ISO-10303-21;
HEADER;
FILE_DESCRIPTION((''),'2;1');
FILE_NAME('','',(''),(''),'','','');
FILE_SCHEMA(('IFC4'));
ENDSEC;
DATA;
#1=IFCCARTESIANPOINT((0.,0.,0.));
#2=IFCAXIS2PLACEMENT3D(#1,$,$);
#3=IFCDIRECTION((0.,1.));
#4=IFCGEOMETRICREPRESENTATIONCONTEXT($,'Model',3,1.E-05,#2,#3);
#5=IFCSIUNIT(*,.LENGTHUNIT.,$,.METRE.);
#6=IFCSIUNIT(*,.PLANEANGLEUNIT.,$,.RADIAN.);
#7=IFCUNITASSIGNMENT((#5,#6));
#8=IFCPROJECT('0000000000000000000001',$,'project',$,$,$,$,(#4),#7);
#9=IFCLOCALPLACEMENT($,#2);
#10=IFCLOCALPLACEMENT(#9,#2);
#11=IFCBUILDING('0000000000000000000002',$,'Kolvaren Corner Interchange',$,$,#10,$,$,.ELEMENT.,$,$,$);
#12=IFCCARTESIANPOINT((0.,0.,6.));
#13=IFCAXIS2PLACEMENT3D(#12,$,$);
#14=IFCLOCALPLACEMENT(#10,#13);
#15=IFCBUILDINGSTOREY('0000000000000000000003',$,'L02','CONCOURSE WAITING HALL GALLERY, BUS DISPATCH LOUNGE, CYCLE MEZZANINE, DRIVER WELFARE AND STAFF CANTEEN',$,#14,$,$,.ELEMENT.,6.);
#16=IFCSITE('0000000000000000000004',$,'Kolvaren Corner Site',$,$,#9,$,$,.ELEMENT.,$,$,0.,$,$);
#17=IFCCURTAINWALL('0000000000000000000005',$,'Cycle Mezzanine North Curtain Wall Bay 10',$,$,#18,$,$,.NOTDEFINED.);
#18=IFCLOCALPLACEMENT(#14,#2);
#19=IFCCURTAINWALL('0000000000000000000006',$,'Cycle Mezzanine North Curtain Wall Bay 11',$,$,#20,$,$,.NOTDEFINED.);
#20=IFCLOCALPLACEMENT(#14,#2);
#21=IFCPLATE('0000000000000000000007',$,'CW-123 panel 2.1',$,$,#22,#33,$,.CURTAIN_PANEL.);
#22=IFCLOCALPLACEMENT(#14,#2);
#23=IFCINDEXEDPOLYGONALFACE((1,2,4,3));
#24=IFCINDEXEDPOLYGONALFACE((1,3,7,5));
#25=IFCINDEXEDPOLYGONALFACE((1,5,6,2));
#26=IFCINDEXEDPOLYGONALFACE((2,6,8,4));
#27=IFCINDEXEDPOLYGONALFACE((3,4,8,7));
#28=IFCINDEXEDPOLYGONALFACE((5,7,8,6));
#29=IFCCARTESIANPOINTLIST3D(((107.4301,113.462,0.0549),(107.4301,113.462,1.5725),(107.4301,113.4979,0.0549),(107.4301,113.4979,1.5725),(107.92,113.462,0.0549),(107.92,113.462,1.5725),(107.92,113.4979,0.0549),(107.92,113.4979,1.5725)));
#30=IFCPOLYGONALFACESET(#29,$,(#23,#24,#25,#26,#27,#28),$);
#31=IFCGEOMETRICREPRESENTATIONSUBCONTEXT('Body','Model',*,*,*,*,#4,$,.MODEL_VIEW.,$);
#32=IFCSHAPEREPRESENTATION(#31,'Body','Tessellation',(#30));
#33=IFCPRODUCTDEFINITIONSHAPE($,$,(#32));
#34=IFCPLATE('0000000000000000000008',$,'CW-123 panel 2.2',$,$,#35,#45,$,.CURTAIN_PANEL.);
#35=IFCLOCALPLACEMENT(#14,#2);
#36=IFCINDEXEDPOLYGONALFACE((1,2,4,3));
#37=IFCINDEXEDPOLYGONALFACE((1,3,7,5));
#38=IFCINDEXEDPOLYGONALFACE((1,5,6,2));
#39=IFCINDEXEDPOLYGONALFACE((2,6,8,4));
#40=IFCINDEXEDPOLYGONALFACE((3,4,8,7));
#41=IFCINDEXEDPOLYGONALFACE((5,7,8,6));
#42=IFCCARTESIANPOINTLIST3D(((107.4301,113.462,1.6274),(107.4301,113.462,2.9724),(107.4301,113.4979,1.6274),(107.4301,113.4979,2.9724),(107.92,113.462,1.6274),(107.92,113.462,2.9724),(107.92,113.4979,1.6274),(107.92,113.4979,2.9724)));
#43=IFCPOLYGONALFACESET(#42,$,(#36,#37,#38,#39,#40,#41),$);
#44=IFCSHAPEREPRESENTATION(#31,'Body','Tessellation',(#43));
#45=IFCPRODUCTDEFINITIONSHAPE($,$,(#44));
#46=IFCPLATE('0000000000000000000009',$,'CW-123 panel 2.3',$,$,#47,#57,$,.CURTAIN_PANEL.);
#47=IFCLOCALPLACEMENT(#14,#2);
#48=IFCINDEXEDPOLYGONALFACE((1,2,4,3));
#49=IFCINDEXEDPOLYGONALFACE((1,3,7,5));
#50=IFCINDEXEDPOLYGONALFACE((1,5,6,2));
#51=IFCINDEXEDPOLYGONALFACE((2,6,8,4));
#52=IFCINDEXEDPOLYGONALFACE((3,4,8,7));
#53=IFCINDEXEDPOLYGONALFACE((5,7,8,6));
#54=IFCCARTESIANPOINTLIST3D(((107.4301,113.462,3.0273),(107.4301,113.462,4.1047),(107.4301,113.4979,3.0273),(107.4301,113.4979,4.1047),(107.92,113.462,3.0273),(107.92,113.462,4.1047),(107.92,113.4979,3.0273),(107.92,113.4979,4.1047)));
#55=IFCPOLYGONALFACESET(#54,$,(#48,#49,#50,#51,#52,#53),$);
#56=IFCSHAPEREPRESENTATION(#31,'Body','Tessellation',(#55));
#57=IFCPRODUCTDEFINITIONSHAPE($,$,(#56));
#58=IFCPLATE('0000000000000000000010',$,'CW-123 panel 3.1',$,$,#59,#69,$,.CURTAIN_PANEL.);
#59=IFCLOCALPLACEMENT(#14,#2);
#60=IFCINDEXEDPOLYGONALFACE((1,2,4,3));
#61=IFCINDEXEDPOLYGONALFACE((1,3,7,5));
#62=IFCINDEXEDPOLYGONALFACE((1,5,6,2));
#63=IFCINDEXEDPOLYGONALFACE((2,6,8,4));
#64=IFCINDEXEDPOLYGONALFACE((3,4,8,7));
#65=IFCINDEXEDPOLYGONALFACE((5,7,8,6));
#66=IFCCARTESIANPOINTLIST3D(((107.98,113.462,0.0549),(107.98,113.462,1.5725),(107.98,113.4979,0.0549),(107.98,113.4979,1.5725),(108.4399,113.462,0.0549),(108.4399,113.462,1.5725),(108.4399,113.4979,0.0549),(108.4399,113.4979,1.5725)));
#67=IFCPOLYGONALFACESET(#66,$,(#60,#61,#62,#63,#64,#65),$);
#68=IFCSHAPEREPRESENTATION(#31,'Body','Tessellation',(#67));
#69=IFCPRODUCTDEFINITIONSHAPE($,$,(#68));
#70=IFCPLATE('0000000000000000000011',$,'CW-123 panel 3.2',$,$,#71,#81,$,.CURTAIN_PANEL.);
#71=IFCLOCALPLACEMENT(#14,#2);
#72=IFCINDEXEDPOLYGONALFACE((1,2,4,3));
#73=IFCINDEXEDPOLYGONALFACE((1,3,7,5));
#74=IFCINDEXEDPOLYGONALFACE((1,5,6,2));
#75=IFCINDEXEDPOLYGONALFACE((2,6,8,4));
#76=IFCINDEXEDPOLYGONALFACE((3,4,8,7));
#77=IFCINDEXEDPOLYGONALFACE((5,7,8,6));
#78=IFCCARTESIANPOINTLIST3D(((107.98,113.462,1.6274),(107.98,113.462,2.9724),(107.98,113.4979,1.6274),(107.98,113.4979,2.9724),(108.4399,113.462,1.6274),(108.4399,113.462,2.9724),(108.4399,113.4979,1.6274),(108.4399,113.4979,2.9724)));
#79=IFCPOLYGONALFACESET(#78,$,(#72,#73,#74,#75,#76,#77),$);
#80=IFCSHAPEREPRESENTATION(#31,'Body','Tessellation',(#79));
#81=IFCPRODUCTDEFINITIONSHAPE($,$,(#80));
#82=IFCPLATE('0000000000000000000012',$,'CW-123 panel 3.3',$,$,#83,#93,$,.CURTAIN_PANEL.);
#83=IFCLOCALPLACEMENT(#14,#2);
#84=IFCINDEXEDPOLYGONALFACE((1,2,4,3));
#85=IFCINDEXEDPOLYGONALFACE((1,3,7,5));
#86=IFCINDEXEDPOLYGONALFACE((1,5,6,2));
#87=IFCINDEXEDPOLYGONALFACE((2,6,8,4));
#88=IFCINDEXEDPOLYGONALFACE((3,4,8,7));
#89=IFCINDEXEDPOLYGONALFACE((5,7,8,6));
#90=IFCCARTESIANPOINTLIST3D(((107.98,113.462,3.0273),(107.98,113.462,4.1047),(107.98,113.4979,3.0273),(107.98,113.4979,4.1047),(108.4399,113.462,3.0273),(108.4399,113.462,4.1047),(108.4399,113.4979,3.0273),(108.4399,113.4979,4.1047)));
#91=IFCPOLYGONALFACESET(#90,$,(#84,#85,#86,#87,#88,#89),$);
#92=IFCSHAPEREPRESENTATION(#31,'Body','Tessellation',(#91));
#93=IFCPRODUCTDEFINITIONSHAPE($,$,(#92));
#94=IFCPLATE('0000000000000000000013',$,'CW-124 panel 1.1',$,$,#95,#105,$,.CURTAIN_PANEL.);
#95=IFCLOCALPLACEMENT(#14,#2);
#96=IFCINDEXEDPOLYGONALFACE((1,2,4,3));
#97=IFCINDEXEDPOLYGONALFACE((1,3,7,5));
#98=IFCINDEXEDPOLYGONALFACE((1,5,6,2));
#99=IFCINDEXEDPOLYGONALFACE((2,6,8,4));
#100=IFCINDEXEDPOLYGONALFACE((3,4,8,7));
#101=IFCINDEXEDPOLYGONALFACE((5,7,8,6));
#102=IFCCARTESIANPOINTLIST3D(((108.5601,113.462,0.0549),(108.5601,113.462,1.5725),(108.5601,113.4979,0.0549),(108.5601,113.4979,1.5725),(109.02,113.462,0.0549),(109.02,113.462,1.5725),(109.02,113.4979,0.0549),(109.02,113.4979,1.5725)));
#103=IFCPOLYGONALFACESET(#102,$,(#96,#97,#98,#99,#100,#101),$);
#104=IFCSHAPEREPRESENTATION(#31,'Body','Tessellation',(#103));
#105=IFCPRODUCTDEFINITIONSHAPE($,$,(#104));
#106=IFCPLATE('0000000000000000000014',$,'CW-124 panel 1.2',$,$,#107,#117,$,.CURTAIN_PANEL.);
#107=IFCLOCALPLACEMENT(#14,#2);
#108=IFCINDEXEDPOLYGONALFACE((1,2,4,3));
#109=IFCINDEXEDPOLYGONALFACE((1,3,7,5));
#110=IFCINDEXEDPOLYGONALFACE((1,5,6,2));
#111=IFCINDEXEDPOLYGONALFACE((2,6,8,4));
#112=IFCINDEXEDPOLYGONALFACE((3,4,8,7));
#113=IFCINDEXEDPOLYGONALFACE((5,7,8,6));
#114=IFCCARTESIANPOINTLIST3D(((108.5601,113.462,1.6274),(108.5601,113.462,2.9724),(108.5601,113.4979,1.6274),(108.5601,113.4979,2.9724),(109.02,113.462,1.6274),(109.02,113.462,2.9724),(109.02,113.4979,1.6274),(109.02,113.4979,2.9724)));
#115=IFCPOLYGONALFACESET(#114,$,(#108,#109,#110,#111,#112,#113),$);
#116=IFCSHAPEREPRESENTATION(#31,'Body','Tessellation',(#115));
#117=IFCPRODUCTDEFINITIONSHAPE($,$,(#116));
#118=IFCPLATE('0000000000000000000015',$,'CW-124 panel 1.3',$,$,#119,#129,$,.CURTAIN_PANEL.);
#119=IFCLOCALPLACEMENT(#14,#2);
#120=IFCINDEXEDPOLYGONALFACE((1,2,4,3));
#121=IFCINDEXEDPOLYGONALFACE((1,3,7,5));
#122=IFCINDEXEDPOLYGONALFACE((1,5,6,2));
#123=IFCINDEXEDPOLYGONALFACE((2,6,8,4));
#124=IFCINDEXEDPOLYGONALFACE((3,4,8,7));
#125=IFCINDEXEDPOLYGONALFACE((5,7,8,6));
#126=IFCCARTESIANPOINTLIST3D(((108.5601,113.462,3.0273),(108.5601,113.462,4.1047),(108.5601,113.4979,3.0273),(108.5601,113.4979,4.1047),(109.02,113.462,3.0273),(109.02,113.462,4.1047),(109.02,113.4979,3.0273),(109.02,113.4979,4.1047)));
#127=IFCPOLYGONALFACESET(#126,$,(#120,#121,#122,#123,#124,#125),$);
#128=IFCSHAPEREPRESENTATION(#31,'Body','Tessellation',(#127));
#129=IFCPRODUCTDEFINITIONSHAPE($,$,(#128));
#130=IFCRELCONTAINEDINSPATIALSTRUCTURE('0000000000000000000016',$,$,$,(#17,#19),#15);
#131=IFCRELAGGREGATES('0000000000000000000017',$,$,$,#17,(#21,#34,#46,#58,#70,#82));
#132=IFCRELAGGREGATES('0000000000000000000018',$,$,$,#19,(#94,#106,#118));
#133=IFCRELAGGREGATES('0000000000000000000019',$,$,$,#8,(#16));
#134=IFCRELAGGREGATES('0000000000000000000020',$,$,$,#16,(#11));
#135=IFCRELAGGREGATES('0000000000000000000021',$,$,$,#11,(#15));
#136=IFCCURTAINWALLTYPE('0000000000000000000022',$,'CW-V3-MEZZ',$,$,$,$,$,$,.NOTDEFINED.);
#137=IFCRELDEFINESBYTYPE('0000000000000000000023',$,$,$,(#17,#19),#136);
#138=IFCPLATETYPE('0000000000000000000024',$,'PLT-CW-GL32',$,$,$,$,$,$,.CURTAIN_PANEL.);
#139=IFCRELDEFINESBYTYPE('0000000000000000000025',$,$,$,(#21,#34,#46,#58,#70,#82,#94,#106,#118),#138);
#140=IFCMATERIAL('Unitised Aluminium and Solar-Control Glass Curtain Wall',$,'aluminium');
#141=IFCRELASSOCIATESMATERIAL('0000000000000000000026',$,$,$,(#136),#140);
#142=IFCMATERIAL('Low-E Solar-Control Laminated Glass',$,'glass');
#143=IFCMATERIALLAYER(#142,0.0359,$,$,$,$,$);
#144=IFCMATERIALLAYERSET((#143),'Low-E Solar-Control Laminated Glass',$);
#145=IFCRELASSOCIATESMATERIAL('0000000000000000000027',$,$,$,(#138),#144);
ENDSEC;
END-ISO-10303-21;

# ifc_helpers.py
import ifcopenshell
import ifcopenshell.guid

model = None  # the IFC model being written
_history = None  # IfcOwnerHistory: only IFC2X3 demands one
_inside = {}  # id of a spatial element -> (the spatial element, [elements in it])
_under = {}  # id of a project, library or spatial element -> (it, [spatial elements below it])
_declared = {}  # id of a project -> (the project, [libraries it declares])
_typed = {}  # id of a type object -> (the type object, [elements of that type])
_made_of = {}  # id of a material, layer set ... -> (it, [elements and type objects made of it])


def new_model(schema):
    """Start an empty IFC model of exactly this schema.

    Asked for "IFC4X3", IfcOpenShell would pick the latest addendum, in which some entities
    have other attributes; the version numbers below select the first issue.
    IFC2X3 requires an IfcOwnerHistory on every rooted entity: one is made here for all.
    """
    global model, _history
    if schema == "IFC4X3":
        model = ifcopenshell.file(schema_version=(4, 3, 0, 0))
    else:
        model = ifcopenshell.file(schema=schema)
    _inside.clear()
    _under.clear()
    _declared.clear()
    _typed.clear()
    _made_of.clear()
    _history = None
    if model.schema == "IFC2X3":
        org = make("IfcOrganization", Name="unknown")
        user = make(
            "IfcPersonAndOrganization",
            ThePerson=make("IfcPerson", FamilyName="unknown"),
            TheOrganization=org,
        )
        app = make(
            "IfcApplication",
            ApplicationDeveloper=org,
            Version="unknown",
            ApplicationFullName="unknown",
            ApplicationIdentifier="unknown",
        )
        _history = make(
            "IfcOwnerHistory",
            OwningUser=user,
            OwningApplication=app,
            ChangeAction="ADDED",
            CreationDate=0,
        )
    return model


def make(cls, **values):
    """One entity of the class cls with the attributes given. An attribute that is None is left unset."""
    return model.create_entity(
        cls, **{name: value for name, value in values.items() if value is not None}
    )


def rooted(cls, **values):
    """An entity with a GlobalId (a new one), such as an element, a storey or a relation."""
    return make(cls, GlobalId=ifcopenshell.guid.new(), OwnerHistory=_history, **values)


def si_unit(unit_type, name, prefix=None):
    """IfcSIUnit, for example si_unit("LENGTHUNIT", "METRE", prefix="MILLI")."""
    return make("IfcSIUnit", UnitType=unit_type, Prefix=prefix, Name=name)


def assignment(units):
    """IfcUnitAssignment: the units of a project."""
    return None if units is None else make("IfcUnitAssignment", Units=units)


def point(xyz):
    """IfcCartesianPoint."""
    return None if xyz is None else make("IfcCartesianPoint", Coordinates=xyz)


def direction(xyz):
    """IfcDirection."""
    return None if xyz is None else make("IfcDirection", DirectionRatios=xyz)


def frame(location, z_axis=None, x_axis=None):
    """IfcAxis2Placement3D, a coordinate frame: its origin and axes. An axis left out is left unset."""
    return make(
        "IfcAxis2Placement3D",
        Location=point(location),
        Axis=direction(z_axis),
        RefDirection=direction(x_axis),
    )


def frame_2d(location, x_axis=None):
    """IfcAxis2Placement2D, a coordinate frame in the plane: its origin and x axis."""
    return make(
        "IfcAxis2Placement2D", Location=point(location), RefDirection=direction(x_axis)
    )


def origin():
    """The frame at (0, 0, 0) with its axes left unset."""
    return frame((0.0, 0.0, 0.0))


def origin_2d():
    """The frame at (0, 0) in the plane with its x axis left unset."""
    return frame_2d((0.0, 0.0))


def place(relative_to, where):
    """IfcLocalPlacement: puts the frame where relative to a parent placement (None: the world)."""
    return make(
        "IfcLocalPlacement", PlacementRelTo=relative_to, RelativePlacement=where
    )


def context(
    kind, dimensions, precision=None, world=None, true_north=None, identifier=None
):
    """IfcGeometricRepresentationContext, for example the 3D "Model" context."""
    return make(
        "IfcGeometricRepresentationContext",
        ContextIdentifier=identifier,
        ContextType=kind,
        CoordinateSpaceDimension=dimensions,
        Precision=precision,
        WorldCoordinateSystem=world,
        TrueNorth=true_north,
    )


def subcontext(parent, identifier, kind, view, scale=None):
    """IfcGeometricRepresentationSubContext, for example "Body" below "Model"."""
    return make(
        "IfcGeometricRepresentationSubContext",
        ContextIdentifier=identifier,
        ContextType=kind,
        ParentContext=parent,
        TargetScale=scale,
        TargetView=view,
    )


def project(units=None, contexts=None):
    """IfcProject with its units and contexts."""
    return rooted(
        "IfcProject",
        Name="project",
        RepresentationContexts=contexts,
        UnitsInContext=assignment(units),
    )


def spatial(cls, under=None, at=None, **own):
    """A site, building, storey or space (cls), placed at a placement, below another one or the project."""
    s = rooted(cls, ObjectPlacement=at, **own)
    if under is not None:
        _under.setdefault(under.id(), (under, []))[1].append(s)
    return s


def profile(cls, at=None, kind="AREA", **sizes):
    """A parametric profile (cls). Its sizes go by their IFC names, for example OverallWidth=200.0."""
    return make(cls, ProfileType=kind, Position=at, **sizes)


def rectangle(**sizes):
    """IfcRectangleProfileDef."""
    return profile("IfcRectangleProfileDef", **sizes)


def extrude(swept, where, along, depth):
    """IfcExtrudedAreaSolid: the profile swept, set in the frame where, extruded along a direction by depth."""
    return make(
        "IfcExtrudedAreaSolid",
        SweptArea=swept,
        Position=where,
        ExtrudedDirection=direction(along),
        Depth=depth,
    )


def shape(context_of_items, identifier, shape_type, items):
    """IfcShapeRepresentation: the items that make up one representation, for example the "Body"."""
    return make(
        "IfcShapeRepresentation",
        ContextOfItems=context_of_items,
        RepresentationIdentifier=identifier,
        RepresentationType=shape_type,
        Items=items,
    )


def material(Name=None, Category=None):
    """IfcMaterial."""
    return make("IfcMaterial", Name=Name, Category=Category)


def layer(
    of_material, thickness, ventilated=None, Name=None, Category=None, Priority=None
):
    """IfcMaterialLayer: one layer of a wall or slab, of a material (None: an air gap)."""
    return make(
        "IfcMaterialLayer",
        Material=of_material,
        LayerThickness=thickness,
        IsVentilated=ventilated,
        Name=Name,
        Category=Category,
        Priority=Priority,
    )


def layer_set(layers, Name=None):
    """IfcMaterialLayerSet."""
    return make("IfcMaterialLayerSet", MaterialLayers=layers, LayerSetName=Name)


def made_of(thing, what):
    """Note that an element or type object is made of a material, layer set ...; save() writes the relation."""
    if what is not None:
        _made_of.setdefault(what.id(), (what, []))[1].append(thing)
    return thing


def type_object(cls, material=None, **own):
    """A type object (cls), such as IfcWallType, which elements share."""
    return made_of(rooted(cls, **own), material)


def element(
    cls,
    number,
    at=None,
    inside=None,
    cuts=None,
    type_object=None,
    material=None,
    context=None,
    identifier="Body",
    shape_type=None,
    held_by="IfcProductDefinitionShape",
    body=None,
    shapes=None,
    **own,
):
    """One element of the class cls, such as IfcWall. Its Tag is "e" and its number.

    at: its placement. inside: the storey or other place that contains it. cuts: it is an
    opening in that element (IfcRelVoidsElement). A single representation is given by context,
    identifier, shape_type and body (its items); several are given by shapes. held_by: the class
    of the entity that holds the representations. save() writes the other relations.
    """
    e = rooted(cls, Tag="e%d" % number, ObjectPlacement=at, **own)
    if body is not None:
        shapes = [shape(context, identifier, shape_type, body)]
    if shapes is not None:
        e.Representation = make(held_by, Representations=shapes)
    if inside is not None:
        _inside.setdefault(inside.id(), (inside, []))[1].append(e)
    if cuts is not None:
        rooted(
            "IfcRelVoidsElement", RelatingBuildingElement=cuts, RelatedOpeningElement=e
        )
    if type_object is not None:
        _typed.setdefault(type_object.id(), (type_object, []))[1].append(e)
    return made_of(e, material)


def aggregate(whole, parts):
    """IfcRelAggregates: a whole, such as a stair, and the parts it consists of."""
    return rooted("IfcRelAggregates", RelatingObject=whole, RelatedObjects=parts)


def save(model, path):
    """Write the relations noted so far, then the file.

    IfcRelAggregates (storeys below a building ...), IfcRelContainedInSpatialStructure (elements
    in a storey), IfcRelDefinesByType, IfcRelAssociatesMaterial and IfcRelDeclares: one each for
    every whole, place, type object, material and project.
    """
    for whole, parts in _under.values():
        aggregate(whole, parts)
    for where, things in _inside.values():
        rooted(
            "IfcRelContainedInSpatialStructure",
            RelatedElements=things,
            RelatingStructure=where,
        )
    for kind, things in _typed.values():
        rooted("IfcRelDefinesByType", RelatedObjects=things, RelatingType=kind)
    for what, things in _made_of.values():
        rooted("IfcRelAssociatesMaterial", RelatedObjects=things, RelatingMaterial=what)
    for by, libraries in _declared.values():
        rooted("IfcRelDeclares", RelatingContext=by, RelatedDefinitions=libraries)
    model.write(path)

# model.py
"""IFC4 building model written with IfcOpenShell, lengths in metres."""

from ifc_helpers import new_model, si_unit, direction, frame, origin, origin_2d, place, context, subcontext, project, spatial, rectangle, extrude, material, layer, layer_set, type_object, element, aggregate, save


model = new_model("IFC4")

# Units and contexts
model_context = context("Model", 3, precision=1e-05, world=origin(), true_north=direction((0.0, 1.0)))
body_context = subcontext(model_context, "Body", "Model", "MODEL_VIEW")
ifc_project = project(units=[si_unit("LENGTHUNIT", "METRE"), si_unit("PLANEANGLEUNIT", "RADIAN")], contexts=[model_context])

# Site, building, storey
site_placement = place(None, origin())
site = spatial("IfcSite", under=ifc_project, at=site_placement, Name="Kolvaren Corner Site", CompositionType="ELEMENT", RefElevation=0.0)
building_placement = place(site_placement, origin())
building = spatial("IfcBuilding", under=site, at=building_placement, Name="Kolvaren Corner Interchange", CompositionType="ELEMENT")
storey_placement = place(building_placement, frame((0.0, 0.0, 6.0)))
storey = spatial("IfcBuildingStorey", under=building, at=storey_placement, Name="L02", Description="CONCOURSE WAITING HALL GALLERY, BUS DISPATCH LOUNGE, CYCLE MEZZANINE, DRIVER WELFARE AND STAFF CANTEEN", CompositionType="ELEMENT", Elevation=6.0)

# Curtain wall
ifc_material_1 = material(Name="Unitised Aluminium and Solar-Control Glass Curtain Wall", Category="aluminium")
curtain_wall_type = type_object("IfcCurtainWallType", Name="CW-V3-MEZZ", PredefinedType="NOTDEFINED", material=ifc_material_1)
curtain_wall_1_placement = place(storey_placement, origin())
curtain_wall_1 = element("IfcCurtainWall", 1, at=curtain_wall_1_placement, inside=storey, type_object=curtain_wall_type, Name="Cycle Mezzanine North Curtain Wall Bay 10", PredefinedType="NOTDEFINED")

# Curtain wall
curtain_wall_2_placement = place(storey_placement, origin())
curtain_wall_2 = element("IfcCurtainWall", 2, at=curtain_wall_2_placement, inside=storey, type_object=curtain_wall_type, Name="Cycle Mezzanine North Curtain Wall Bay 11", PredefinedType="NOTDEFINED")

# Plates
ifc_material_2 = material(Name="Low-E Solar-Control Laminated Glass", Category="glass")
ifc_layer = layer(ifc_material_2, 0.0359)
ifc_layer_set = layer_set([ifc_layer], Name="Low-E Solar-Control Laminated Glass")
plate_type = type_object("IfcPlateType", Name="PLT-CW-GL32", PredefinedType="CURTAIN_PANEL", material=ifc_layer_set)
plate_1_placement = place(storey_placement, frame((107.675, 113.48, 0.0549), z_axis=(0.0, 0.0, 1.0), x_axis=(1.0, 0.0, 0.0)))
plate_1 = element("IfcPlate", 3, at=plate_1_placement, type_object=plate_type, Name="CW-123 panel 2.1", PredefinedType="CURTAIN_PANEL", context=body_context, shape_type="SweptSolid", body=[
    extrude(rectangle(XDim=0.49, YDim=0.0359, at=origin_2d()), origin(), (0.0, 0.0, 1.0), 1.5176),
])
plate_2_placement = place(storey_placement, frame((107.675, 113.48, 1.6274), z_axis=(0.0, 0.0, 1.0), x_axis=(1.0, 0.0, 0.0)))
plate_2 = element("IfcPlate", 4, at=plate_2_placement, type_object=plate_type, Name="CW-123 panel 2.2", PredefinedType="CURTAIN_PANEL", context=body_context, shape_type="SweptSolid", body=[
    extrude(rectangle(XDim=0.49, YDim=0.0359, at=origin_2d()), origin(), (0.0, 0.0, 1.0), 1.345),
])
plate_3_placement = place(storey_placement, frame((107.675, 113.48, 3.0273), z_axis=(0.0, 0.0, 1.0), x_axis=(1.0, 0.0, 0.0)))
plate_3 = element("IfcPlate", 5, at=plate_3_placement, type_object=plate_type, Name="CW-123 panel 2.3", PredefinedType="CURTAIN_PANEL", context=body_context, shape_type="SweptSolid", body=[
    extrude(rectangle(XDim=0.49, YDim=0.0359, at=origin_2d()), origin(), (0.0, 0.0, 1.0), 1.0774),
])
plate_4_placement = place(storey_placement, frame((108.21, 113.48, 0.0549), z_axis=(0.0, 0.0, 1.0), x_axis=(1.0, 0.0, 0.0)))
plate_4 = element("IfcPlate", 6, at=plate_4_placement, type_object=plate_type, Name="CW-123 panel 3.1", PredefinedType="CURTAIN_PANEL", context=body_context, shape_type="SweptSolid", body=[
    extrude(rectangle(XDim=0.46, YDim=0.0359, at=origin_2d()), origin(), (0.0, 0.0, 1.0), 1.5176),
])
plate_5_placement = place(storey_placement, frame((108.21, 113.48, 1.6274), z_axis=(0.0, 0.0, 1.0), x_axis=(1.0, 0.0, 0.0)))
plate_5 = element("IfcPlate", 7, at=plate_5_placement, type_object=plate_type, Name="CW-123 panel 3.2", PredefinedType="CURTAIN_PANEL", context=body_context, shape_type="SweptSolid", body=[
    extrude(rectangle(XDim=0.46, YDim=0.0359, at=origin_2d()), origin(), (0.0, 0.0, 1.0), 1.345),
])
plate_6_placement = place(storey_placement, frame((108.21, 113.48, 3.0273), z_axis=(0.0, 0.0, 1.0), x_axis=(1.0, 0.0, 0.0)))
plate_6 = element("IfcPlate", 8, at=plate_6_placement, type_object=plate_type, Name="CW-123 panel 3.3", PredefinedType="CURTAIN_PANEL", context=body_context, shape_type="SweptSolid", body=[
    extrude(rectangle(XDim=0.46, YDim=0.0359, at=origin_2d()), origin(), (0.0, 0.0, 1.0), 1.0774),
])
aggregate(curtain_wall_1, [plate_1, plate_2, plate_3, plate_4, plate_5, plate_6])
plate_7_placement = place(storey_placement, frame((108.79, 113.48, 0.0549), z_axis=(0.0, 0.0, 1.0), x_axis=(1.0, 0.0, 0.0)))
plate_7 = element("IfcPlate", 9, at=plate_7_placement, type_object=plate_type, Name="CW-124 panel 1.1", PredefinedType="CURTAIN_PANEL", context=body_context, shape_type="SweptSolid", body=[
    extrude(rectangle(XDim=0.46, YDim=0.0359, at=origin_2d()), origin(), (0.0, 0.0, 1.0), 1.5176),
])
plate_8_placement = place(storey_placement, frame((108.79, 113.48, 1.6274), z_axis=(0.0, 0.0, 1.0), x_axis=(1.0, 0.0, 0.0)))
plate_8 = element("IfcPlate", 10, at=plate_8_placement, type_object=plate_type, Name="CW-124 panel 1.2", PredefinedType="CURTAIN_PANEL", context=body_context, shape_type="SweptSolid", body=[
    extrude(rectangle(XDim=0.46, YDim=0.0359, at=origin_2d()), origin(), (0.0, 0.0, 1.0), 1.345),
])
plate_9_placement = place(storey_placement, frame((108.79, 113.48, 3.0273), z_axis=(0.0, 0.0, 1.0), x_axis=(1.0, 0.0, 0.0)))
plate_9 = element("IfcPlate", 11, at=plate_9_placement, type_object=plate_type, Name="CW-124 panel 1.3", PredefinedType="CURTAIN_PANEL", context=body_context, shape_type="SweptSolid", body=[
    extrude(rectangle(XDim=0.46, YDim=0.0359, at=origin_2d()), origin(), (0.0, 0.0, 1.0), 1.0774),
])
aggregate(curtain_wall_2, [plate_7, plate_8, plate_9])

save(model, "model.ifc")
